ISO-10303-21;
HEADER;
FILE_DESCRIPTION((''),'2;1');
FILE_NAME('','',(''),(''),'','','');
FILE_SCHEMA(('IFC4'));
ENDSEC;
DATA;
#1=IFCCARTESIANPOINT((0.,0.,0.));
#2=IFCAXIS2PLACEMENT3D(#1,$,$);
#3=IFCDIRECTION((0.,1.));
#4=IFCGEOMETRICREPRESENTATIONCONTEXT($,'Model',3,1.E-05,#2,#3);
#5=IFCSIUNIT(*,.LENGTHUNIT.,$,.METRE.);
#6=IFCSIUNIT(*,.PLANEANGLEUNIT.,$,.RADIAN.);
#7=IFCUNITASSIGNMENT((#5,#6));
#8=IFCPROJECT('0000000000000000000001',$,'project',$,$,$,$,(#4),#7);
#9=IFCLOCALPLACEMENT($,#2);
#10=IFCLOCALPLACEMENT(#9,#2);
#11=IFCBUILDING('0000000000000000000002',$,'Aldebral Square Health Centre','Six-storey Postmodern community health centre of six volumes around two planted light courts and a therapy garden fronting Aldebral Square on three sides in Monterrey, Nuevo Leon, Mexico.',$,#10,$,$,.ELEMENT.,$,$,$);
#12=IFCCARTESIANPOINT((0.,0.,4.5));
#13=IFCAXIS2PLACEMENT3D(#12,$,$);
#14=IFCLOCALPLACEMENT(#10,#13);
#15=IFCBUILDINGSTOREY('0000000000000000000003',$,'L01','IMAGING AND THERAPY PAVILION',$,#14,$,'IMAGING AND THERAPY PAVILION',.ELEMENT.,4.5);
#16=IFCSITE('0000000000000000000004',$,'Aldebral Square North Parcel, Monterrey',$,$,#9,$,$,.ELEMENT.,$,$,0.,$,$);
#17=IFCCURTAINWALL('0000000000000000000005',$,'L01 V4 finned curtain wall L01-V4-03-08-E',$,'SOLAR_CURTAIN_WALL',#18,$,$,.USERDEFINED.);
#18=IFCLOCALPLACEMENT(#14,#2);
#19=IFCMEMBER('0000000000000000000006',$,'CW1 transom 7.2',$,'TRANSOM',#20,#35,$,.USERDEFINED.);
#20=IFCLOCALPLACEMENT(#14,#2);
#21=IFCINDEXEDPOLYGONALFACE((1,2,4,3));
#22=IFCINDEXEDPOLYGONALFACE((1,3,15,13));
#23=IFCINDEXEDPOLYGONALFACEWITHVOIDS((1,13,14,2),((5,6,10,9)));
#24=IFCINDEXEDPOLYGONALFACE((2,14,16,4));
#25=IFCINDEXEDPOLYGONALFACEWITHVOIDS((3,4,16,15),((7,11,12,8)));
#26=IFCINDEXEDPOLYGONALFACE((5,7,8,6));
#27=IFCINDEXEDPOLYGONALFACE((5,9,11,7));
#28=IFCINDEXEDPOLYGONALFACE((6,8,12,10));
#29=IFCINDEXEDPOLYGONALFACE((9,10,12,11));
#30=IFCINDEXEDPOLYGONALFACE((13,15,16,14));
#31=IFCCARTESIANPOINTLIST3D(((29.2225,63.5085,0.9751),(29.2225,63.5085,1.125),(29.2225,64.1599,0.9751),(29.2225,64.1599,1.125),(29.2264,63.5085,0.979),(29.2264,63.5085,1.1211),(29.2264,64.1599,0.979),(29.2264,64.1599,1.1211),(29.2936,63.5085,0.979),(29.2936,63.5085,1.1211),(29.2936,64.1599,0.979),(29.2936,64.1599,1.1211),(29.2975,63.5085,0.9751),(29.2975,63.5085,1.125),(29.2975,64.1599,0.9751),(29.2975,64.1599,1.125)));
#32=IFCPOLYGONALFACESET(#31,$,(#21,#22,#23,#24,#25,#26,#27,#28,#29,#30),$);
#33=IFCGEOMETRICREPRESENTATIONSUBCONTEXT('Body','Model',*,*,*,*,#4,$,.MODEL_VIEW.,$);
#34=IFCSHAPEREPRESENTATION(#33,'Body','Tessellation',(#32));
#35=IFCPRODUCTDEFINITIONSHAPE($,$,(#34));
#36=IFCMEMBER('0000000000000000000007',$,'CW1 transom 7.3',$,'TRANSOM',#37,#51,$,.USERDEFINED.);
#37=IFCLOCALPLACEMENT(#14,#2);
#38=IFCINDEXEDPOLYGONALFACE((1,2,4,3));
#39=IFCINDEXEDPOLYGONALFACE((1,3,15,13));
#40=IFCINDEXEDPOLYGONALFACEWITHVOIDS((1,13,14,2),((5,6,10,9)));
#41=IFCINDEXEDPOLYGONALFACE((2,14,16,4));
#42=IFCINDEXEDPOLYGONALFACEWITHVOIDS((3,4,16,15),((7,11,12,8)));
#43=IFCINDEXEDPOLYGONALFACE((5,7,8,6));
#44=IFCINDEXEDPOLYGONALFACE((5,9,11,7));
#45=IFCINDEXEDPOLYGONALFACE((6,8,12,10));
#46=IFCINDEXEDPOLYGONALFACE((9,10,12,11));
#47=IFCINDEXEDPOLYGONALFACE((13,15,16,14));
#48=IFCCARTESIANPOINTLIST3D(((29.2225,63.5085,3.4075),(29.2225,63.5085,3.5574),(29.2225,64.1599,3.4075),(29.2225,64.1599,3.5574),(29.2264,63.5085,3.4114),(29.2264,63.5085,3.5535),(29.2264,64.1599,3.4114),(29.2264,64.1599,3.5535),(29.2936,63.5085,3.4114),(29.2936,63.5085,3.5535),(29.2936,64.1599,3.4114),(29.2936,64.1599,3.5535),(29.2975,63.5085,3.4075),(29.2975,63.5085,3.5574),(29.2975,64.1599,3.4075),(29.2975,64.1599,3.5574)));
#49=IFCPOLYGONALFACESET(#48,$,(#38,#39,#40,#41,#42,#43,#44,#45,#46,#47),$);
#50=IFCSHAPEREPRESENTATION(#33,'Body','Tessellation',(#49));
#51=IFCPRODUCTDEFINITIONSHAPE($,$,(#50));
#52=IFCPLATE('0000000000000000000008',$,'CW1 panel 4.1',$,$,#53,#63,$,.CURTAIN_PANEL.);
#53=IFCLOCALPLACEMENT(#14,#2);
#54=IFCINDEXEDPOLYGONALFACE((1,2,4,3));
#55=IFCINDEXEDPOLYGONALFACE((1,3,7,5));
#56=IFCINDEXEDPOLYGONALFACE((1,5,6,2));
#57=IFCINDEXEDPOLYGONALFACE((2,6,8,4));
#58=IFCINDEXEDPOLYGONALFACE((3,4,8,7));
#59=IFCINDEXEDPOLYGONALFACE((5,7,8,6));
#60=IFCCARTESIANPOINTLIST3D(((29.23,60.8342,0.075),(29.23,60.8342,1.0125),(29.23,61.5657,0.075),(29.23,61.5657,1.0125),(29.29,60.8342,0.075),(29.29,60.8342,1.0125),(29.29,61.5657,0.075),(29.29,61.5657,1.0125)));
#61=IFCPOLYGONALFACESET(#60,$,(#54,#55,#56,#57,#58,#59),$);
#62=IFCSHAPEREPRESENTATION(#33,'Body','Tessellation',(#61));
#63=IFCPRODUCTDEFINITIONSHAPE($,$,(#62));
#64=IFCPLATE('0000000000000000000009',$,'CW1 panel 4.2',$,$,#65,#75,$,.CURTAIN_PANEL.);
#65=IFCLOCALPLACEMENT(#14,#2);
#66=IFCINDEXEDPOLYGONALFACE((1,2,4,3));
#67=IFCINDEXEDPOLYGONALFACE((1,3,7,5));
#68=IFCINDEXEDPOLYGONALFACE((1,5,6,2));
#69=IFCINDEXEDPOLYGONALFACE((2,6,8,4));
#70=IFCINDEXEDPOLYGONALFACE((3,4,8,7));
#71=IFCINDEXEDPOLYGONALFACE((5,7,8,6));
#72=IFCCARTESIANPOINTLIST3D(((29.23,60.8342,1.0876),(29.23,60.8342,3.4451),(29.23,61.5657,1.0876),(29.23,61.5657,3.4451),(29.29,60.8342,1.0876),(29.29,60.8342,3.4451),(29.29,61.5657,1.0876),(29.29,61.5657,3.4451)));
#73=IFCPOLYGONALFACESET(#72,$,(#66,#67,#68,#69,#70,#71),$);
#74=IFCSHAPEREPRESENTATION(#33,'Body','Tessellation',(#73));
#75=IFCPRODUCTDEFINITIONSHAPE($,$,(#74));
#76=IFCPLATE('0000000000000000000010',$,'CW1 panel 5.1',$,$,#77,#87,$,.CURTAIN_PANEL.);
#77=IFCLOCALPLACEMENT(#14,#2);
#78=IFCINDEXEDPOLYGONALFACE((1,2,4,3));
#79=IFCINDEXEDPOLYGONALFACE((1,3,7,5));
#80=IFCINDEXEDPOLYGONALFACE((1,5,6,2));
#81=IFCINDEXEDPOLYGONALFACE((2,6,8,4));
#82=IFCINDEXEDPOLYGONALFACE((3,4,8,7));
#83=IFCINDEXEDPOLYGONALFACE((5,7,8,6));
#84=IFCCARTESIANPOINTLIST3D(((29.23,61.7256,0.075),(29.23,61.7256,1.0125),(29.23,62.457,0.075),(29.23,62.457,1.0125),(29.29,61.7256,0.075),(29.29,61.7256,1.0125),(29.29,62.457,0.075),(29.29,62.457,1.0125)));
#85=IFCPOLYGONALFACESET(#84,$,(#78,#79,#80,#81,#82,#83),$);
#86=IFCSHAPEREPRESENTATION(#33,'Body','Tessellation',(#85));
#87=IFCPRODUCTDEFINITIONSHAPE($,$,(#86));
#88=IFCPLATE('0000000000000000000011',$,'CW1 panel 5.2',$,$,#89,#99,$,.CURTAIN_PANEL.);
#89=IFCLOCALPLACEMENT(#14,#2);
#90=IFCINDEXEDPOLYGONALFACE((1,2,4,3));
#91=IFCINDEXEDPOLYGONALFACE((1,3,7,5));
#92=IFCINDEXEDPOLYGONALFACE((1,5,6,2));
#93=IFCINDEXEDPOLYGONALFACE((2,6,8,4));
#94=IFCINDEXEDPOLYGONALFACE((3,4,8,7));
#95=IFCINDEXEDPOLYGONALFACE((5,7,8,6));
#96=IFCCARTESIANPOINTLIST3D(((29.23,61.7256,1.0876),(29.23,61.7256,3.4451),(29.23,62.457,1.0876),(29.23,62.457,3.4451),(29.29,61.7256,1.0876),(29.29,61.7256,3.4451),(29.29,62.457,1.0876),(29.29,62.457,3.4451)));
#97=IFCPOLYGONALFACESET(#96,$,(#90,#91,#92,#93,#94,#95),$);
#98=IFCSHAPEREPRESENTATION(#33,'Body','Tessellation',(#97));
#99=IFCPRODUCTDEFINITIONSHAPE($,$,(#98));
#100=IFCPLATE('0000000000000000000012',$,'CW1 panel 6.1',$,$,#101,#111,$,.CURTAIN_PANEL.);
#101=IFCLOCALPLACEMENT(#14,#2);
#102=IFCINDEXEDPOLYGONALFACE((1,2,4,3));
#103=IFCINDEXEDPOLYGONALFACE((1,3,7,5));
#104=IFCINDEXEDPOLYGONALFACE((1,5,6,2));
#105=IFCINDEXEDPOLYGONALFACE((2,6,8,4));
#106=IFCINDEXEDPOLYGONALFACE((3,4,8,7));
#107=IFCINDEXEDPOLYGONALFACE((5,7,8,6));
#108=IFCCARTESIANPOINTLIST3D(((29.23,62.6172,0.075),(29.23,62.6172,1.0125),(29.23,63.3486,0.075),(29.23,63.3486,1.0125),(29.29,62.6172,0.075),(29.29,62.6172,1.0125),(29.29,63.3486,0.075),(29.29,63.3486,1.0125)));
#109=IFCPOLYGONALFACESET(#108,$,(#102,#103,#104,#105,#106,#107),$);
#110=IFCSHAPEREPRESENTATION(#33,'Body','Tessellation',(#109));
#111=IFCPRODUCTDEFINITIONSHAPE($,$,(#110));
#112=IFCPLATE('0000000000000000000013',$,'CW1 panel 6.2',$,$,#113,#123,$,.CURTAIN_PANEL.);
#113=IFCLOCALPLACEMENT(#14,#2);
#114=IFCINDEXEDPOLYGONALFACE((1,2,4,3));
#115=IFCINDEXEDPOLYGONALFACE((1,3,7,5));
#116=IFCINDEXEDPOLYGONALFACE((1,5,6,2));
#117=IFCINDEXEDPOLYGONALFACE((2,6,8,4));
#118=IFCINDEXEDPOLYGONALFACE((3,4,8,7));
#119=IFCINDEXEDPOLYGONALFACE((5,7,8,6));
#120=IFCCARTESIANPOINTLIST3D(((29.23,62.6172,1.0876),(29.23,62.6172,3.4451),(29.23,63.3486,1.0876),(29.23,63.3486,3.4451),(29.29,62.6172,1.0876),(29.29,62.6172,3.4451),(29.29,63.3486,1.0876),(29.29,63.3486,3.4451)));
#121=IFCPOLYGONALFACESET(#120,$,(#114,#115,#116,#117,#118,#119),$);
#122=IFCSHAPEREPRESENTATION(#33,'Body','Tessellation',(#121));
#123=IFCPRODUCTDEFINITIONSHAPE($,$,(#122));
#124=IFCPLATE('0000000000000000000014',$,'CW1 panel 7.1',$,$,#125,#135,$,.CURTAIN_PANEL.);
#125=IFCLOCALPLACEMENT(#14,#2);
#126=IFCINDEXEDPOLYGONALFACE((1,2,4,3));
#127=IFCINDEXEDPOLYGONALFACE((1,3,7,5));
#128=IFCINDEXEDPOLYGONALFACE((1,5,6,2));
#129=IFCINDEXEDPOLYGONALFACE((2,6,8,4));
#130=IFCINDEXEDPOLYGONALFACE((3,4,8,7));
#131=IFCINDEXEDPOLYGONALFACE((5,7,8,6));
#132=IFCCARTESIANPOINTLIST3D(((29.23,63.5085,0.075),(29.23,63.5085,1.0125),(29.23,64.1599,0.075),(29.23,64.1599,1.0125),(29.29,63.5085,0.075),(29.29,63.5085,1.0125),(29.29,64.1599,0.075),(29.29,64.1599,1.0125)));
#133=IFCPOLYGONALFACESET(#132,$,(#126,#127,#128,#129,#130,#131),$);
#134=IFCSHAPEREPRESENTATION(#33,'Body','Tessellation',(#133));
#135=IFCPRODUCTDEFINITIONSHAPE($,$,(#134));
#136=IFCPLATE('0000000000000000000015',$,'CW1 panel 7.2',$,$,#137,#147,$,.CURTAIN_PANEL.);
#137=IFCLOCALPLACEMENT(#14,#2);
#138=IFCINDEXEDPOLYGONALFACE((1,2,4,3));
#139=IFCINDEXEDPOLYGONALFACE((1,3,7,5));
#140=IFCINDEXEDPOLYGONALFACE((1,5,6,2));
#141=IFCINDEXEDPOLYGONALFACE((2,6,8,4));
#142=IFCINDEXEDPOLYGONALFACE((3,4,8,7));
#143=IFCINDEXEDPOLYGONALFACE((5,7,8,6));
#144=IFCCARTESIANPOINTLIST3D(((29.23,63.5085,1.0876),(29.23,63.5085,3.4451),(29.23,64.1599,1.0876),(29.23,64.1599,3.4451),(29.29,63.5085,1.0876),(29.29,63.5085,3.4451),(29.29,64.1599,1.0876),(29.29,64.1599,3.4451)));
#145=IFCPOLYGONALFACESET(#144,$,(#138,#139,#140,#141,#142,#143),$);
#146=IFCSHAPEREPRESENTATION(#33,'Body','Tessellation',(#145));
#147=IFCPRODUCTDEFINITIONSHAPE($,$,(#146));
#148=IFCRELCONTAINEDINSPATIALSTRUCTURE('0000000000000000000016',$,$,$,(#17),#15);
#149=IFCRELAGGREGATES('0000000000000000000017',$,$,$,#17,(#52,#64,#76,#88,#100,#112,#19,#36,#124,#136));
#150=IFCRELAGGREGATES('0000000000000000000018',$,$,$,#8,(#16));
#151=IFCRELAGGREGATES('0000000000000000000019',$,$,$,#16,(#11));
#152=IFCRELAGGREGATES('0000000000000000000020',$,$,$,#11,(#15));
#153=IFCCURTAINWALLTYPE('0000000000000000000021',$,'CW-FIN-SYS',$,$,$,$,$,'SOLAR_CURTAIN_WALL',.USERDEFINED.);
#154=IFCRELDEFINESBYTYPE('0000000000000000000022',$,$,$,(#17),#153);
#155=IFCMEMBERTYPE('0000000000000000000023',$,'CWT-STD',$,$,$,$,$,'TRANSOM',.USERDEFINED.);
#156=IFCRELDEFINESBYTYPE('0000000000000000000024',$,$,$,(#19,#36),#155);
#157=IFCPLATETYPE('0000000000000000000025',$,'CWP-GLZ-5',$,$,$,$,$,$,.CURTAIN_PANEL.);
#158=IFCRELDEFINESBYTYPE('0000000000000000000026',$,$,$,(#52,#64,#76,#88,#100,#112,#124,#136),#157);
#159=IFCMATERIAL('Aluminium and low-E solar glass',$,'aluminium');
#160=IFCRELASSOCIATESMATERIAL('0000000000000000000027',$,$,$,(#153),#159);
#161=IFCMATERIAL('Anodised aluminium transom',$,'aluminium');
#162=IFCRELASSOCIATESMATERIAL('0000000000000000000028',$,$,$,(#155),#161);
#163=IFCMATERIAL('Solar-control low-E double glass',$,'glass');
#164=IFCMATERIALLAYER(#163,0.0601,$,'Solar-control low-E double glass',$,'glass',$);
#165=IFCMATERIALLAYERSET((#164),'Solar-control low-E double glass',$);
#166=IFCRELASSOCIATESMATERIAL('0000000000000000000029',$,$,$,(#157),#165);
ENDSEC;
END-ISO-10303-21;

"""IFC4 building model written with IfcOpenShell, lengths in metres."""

from ifc_helpers import new_model, si_unit, direction, frame, origin, origin_2d, place, context, subcontext, project, spatial, rectangle, hollow_rectangle, extrude, material, layer, layer_set, material_profile, profile_set, type_object, element, aggregate, save


model = new_model("IFC4")

# Units and contexts
model_context = context("Model", 3, precision=1e-05, world=origin(), true_north=direction((0.0, 1.0)))
body_context = subcontext(model_context, "Body", "Model", "MODEL_VIEW")
ifc_project = project(units=[si_unit("LENGTHUNIT", "METRE"), si_unit("PLANEANGLEUNIT", "RADIAN")], contexts=[model_context])

# Site, building, storey
site_placement = place(None, origin())
site = spatial("IfcSite", under=ifc_project, at=site_placement, Name="Aldebral Square North Parcel, Monterrey", CompositionType="ELEMENT", RefElevation=0.0)
building_placement = place(site_placement, origin())
building = spatial("IfcBuilding", under=site, at=building_placement, Name="Aldebral Square Health Centre", Description="Six-storey Postmodern community health centre of six volumes around two planted light courts and a therapy garden fronting Aldebral Square on three sides in Monterrey, Nuevo Leon, Mexico.", CompositionType="ELEMENT")
storey_placement = place(building_placement, frame((0.0, 0.0, 4.5)))
storey = spatial("IfcBuildingStorey", under=building, at=storey_placement, Name="L01", Description="IMAGING AND THERAPY PAVILION", LongName="IMAGING AND THERAPY PAVILION", CompositionType="ELEMENT", Elevation=4.5)

# Curtain wall, members, plates
ifc_material_1 = material(Name="Aluminium and low-E solar glass", Category="aluminium")
curtain_wall_type = type_object("IfcCurtainWallType", Name="CW-FIN-SYS", ElementType="SOLAR_CURTAIN_WALL", PredefinedType="USERDEFINED", material=ifc_material_1)
curtain_wall_placement = place(storey_placement, origin())
curtain_wall = element("IfcCurtainWall", 1, at=curtain_wall_placement, inside=storey, type_object=curtain_wall_type, Name="L01 V4 finned curtain wall L01-V4-03-08-E", ObjectType="SOLAR_CURTAIN_WALL", PredefinedType="USERDEFINED")
ifc_material_2 = material(Name="Anodised aluminium transom", Category="aluminium")
ifc_material_profile_1 = material_profile(ifc_material_2, hollow_rectangle(XDim=0.075, YDim=0.1499, WallThickness=0.0039, at=origin_2d()), Name="CWT 75x150x4")
ifc_profile_set_1 = profile_set([ifc_material_profile_1], Name="Anodised aluminium transom")
member_type_1 = type_object("IfcMemberType", Name="CWT-STD", ElementType="TRANSOM", PredefinedType="USERDEFINED", material=ifc_profile_set_1)
member_1_placement = place(storey_placement, frame((29.26, 63.5085, 1.05), z_axis=(0.0, 1.0, 0.0), x_axis=(-1.0, 0.0, 0.0)))
member_1 = element("IfcMember", 2, at=member_1_placement, type_object=member_type_1, Name="CW1 transom 7.2", ObjectType="TRANSOM", PredefinedType="USERDEFINED", context=body_context, shape_type="SweptSolid", body=[
    extrude(hollow_rectangle(XDim=0.075, YDim=0.1499, WallThickness=0.0039, at=origin_2d()), origin(), (0.0, 0.0, 1.0), 0.6514),
])
member_2_placement = place(storey_placement, frame((29.26, 63.5085, 3.4824), z_axis=(0.0, 1.0, 0.0), x_axis=(-1.0, 0.0, 0.0)))
member_2 = element("IfcMember", 3, at=member_2_placement, type_object=member_type_1, Name="CW1 transom 7.3", ObjectType="TRANSOM", PredefinedType="USERDEFINED", context=body_context, shape_type="SweptSolid", body=[
    extrude(hollow_rectangle(XDim=0.075, YDim=0.1499, WallThickness=0.0039, at=origin_2d()), origin(), (0.0, 0.0, 1.0), 0.6514),
])
ifc_material_3 = material(Name="Solar-control low-E double glass", Category="glass")
ifc_layer = layer(ifc_material_3, 0.0601, Name="Solar-control low-E double glass", Category="glass")
ifc_layer_set = layer_set([ifc_layer], Name="Solar-control low-E double glass")
plate_type = type_object("IfcPlateType", Name="CWP-GLZ-5", PredefinedType="CURTAIN_PANEL", material=ifc_layer_set)
plate_1_placement = place(storey_placement, frame((29.26, 61.2, 0.075), z_axis=(0.0, 0.0, 1.0), x_axis=(0.0, 1.0, 0.0)))
plate_1 = element("IfcPlate", 4, at=plate_1_placement, type_object=plate_type, Name="CW1 panel 4.1", PredefinedType="CURTAIN_PANEL", context=body_context, shape_type="SweptSolid", body=[
    extrude(rectangle(XDim=0.7314, YDim=0.0601, at=origin_2d()), origin(), (0.0, 0.0, 1.0), 0.9375),
])
plate_2_placement = place(storey_placement, frame((29.26, 61.2, 1.0876), z_axis=(0.0, 0.0, 1.0), x_axis=(0.0, 1.0, 0.0)))
plate_2 = element("IfcPlate", 5, at=plate_2_placement, type_object=plate_type, Name="CW1 panel 4.2", PredefinedType="CURTAIN_PANEL", context=body_context, shape_type="SweptSolid", body=[
    extrude(rectangle(XDim=0.7314, YDim=0.0601, at=origin_2d()), origin(), (0.0, 0.0, 1.0), 2.3574),
])
plate_3_placement = place(storey_placement, frame((29.26, 62.0913, 0.075), z_axis=(0.0, 0.0, 1.0), x_axis=(0.0, 1.0, 0.0)))
plate_3 = element("IfcPlate", 6, at=plate_3_placement, type_object=plate_type, Name="CW1 panel 5.1", PredefinedType="CURTAIN_PANEL", context=body_context, shape_type="SweptSolid", body=[
    extrude(rectangle(XDim=0.7314, YDim=0.0601, at=origin_2d()), origin(), (0.0, 0.0, 1.0), 0.9375),
])
plate_4_placement = place(storey_placement, frame((29.26, 62.0913, 1.0876), z_axis=(0.0, 0.0, 1.0), x_axis=(0.0, 1.0, 0.0)))
plate_4 = element("IfcPlate", 7, at=plate_4_placement, type_object=plate_type, Name="CW1 panel 5.2", PredefinedType="CURTAIN_PANEL", context=body_context, shape_type="SweptSolid", body=[
    extrude(rectangle(XDim=0.7314, YDim=0.0601, at=origin_2d()), origin(), (0.0, 0.0, 1.0), 2.3574),
])
plate_5_placement = place(storey_placement, frame((29.26, 62.9829, 0.075), z_axis=(0.0, 0.0, 1.0), x_axis=(0.0, 1.0, 0.0)))
plate_5 = element("IfcPlate", 8, at=plate_5_placement, type_object=plate_type, Name="CW1 panel 6.1", PredefinedType="CURTAIN_PANEL", context=body_context, shape_type="SweptSolid", body=[
    extrude(rectangle(XDim=0.7314, YDim=0.0601, at=origin_2d()), origin(), (0.0, 0.0, 1.0), 0.9375),
])
plate_6_placement = place(storey_placement, frame((29.26, 62.9829, 1.0876), z_axis=(0.0, 0.0, 1.0), x_axis=(0.0, 1.0, 0.0)))
plate_6 = element("IfcPlate", 9, at=plate_6_placement, type_object=plate_type, Name="CW1 panel 6.2", PredefinedType="CURTAIN_PANEL", context=body_context, shape_type="SweptSolid", body=[
    extrude(rectangle(XDim=0.7314, YDim=0.0601, at=origin_2d()), origin(), (0.0, 0.0, 1.0), 2.3574),
])
plate_7_placement = place(storey_placement, frame((29.26, 63.8342, 0.075), z_axis=(0.0, 0.0, 1.0), x_axis=(0.0, 1.0, 0.0)))
plate_7 = element("IfcPlate", 10, at=plate_7_placement, type_object=plate_type, Name="CW1 panel 7.1", PredefinedType="CURTAIN_PANEL", context=body_context, shape_type="SweptSolid", body=[
    extrude(rectangle(XDim=0.6514, YDim=0.0601, at=origin_2d()), origin(), (0.0, 0.0, 1.0), 0.9375),
])
plate_8_placement = place(storey_placement, frame((29.26, 63.8342, 1.0876), z_axis=(0.0, 0.0, 1.0), x_axis=(0.0, 1.0, 0.0)))
plate_8 = element("IfcPlate", 11, at=plate_8_placement, type_object=plate_type, Name="CW1 panel 7.2", PredefinedType="CURTAIN_PANEL", context=body_context, shape_type="SweptSolid", body=[
    extrude(rectangle(XDim=0.6514, YDim=0.0601, at=origin_2d()), origin(), (0.0, 0.0, 1.0), 2.3574),
])
aggregate(curtain_wall, [plate_1, plate_2, plate_3, plate_4, plate_5, plate_6, member_1, member_2, plate_7, plate_8])

save(model, "model.ifc")
